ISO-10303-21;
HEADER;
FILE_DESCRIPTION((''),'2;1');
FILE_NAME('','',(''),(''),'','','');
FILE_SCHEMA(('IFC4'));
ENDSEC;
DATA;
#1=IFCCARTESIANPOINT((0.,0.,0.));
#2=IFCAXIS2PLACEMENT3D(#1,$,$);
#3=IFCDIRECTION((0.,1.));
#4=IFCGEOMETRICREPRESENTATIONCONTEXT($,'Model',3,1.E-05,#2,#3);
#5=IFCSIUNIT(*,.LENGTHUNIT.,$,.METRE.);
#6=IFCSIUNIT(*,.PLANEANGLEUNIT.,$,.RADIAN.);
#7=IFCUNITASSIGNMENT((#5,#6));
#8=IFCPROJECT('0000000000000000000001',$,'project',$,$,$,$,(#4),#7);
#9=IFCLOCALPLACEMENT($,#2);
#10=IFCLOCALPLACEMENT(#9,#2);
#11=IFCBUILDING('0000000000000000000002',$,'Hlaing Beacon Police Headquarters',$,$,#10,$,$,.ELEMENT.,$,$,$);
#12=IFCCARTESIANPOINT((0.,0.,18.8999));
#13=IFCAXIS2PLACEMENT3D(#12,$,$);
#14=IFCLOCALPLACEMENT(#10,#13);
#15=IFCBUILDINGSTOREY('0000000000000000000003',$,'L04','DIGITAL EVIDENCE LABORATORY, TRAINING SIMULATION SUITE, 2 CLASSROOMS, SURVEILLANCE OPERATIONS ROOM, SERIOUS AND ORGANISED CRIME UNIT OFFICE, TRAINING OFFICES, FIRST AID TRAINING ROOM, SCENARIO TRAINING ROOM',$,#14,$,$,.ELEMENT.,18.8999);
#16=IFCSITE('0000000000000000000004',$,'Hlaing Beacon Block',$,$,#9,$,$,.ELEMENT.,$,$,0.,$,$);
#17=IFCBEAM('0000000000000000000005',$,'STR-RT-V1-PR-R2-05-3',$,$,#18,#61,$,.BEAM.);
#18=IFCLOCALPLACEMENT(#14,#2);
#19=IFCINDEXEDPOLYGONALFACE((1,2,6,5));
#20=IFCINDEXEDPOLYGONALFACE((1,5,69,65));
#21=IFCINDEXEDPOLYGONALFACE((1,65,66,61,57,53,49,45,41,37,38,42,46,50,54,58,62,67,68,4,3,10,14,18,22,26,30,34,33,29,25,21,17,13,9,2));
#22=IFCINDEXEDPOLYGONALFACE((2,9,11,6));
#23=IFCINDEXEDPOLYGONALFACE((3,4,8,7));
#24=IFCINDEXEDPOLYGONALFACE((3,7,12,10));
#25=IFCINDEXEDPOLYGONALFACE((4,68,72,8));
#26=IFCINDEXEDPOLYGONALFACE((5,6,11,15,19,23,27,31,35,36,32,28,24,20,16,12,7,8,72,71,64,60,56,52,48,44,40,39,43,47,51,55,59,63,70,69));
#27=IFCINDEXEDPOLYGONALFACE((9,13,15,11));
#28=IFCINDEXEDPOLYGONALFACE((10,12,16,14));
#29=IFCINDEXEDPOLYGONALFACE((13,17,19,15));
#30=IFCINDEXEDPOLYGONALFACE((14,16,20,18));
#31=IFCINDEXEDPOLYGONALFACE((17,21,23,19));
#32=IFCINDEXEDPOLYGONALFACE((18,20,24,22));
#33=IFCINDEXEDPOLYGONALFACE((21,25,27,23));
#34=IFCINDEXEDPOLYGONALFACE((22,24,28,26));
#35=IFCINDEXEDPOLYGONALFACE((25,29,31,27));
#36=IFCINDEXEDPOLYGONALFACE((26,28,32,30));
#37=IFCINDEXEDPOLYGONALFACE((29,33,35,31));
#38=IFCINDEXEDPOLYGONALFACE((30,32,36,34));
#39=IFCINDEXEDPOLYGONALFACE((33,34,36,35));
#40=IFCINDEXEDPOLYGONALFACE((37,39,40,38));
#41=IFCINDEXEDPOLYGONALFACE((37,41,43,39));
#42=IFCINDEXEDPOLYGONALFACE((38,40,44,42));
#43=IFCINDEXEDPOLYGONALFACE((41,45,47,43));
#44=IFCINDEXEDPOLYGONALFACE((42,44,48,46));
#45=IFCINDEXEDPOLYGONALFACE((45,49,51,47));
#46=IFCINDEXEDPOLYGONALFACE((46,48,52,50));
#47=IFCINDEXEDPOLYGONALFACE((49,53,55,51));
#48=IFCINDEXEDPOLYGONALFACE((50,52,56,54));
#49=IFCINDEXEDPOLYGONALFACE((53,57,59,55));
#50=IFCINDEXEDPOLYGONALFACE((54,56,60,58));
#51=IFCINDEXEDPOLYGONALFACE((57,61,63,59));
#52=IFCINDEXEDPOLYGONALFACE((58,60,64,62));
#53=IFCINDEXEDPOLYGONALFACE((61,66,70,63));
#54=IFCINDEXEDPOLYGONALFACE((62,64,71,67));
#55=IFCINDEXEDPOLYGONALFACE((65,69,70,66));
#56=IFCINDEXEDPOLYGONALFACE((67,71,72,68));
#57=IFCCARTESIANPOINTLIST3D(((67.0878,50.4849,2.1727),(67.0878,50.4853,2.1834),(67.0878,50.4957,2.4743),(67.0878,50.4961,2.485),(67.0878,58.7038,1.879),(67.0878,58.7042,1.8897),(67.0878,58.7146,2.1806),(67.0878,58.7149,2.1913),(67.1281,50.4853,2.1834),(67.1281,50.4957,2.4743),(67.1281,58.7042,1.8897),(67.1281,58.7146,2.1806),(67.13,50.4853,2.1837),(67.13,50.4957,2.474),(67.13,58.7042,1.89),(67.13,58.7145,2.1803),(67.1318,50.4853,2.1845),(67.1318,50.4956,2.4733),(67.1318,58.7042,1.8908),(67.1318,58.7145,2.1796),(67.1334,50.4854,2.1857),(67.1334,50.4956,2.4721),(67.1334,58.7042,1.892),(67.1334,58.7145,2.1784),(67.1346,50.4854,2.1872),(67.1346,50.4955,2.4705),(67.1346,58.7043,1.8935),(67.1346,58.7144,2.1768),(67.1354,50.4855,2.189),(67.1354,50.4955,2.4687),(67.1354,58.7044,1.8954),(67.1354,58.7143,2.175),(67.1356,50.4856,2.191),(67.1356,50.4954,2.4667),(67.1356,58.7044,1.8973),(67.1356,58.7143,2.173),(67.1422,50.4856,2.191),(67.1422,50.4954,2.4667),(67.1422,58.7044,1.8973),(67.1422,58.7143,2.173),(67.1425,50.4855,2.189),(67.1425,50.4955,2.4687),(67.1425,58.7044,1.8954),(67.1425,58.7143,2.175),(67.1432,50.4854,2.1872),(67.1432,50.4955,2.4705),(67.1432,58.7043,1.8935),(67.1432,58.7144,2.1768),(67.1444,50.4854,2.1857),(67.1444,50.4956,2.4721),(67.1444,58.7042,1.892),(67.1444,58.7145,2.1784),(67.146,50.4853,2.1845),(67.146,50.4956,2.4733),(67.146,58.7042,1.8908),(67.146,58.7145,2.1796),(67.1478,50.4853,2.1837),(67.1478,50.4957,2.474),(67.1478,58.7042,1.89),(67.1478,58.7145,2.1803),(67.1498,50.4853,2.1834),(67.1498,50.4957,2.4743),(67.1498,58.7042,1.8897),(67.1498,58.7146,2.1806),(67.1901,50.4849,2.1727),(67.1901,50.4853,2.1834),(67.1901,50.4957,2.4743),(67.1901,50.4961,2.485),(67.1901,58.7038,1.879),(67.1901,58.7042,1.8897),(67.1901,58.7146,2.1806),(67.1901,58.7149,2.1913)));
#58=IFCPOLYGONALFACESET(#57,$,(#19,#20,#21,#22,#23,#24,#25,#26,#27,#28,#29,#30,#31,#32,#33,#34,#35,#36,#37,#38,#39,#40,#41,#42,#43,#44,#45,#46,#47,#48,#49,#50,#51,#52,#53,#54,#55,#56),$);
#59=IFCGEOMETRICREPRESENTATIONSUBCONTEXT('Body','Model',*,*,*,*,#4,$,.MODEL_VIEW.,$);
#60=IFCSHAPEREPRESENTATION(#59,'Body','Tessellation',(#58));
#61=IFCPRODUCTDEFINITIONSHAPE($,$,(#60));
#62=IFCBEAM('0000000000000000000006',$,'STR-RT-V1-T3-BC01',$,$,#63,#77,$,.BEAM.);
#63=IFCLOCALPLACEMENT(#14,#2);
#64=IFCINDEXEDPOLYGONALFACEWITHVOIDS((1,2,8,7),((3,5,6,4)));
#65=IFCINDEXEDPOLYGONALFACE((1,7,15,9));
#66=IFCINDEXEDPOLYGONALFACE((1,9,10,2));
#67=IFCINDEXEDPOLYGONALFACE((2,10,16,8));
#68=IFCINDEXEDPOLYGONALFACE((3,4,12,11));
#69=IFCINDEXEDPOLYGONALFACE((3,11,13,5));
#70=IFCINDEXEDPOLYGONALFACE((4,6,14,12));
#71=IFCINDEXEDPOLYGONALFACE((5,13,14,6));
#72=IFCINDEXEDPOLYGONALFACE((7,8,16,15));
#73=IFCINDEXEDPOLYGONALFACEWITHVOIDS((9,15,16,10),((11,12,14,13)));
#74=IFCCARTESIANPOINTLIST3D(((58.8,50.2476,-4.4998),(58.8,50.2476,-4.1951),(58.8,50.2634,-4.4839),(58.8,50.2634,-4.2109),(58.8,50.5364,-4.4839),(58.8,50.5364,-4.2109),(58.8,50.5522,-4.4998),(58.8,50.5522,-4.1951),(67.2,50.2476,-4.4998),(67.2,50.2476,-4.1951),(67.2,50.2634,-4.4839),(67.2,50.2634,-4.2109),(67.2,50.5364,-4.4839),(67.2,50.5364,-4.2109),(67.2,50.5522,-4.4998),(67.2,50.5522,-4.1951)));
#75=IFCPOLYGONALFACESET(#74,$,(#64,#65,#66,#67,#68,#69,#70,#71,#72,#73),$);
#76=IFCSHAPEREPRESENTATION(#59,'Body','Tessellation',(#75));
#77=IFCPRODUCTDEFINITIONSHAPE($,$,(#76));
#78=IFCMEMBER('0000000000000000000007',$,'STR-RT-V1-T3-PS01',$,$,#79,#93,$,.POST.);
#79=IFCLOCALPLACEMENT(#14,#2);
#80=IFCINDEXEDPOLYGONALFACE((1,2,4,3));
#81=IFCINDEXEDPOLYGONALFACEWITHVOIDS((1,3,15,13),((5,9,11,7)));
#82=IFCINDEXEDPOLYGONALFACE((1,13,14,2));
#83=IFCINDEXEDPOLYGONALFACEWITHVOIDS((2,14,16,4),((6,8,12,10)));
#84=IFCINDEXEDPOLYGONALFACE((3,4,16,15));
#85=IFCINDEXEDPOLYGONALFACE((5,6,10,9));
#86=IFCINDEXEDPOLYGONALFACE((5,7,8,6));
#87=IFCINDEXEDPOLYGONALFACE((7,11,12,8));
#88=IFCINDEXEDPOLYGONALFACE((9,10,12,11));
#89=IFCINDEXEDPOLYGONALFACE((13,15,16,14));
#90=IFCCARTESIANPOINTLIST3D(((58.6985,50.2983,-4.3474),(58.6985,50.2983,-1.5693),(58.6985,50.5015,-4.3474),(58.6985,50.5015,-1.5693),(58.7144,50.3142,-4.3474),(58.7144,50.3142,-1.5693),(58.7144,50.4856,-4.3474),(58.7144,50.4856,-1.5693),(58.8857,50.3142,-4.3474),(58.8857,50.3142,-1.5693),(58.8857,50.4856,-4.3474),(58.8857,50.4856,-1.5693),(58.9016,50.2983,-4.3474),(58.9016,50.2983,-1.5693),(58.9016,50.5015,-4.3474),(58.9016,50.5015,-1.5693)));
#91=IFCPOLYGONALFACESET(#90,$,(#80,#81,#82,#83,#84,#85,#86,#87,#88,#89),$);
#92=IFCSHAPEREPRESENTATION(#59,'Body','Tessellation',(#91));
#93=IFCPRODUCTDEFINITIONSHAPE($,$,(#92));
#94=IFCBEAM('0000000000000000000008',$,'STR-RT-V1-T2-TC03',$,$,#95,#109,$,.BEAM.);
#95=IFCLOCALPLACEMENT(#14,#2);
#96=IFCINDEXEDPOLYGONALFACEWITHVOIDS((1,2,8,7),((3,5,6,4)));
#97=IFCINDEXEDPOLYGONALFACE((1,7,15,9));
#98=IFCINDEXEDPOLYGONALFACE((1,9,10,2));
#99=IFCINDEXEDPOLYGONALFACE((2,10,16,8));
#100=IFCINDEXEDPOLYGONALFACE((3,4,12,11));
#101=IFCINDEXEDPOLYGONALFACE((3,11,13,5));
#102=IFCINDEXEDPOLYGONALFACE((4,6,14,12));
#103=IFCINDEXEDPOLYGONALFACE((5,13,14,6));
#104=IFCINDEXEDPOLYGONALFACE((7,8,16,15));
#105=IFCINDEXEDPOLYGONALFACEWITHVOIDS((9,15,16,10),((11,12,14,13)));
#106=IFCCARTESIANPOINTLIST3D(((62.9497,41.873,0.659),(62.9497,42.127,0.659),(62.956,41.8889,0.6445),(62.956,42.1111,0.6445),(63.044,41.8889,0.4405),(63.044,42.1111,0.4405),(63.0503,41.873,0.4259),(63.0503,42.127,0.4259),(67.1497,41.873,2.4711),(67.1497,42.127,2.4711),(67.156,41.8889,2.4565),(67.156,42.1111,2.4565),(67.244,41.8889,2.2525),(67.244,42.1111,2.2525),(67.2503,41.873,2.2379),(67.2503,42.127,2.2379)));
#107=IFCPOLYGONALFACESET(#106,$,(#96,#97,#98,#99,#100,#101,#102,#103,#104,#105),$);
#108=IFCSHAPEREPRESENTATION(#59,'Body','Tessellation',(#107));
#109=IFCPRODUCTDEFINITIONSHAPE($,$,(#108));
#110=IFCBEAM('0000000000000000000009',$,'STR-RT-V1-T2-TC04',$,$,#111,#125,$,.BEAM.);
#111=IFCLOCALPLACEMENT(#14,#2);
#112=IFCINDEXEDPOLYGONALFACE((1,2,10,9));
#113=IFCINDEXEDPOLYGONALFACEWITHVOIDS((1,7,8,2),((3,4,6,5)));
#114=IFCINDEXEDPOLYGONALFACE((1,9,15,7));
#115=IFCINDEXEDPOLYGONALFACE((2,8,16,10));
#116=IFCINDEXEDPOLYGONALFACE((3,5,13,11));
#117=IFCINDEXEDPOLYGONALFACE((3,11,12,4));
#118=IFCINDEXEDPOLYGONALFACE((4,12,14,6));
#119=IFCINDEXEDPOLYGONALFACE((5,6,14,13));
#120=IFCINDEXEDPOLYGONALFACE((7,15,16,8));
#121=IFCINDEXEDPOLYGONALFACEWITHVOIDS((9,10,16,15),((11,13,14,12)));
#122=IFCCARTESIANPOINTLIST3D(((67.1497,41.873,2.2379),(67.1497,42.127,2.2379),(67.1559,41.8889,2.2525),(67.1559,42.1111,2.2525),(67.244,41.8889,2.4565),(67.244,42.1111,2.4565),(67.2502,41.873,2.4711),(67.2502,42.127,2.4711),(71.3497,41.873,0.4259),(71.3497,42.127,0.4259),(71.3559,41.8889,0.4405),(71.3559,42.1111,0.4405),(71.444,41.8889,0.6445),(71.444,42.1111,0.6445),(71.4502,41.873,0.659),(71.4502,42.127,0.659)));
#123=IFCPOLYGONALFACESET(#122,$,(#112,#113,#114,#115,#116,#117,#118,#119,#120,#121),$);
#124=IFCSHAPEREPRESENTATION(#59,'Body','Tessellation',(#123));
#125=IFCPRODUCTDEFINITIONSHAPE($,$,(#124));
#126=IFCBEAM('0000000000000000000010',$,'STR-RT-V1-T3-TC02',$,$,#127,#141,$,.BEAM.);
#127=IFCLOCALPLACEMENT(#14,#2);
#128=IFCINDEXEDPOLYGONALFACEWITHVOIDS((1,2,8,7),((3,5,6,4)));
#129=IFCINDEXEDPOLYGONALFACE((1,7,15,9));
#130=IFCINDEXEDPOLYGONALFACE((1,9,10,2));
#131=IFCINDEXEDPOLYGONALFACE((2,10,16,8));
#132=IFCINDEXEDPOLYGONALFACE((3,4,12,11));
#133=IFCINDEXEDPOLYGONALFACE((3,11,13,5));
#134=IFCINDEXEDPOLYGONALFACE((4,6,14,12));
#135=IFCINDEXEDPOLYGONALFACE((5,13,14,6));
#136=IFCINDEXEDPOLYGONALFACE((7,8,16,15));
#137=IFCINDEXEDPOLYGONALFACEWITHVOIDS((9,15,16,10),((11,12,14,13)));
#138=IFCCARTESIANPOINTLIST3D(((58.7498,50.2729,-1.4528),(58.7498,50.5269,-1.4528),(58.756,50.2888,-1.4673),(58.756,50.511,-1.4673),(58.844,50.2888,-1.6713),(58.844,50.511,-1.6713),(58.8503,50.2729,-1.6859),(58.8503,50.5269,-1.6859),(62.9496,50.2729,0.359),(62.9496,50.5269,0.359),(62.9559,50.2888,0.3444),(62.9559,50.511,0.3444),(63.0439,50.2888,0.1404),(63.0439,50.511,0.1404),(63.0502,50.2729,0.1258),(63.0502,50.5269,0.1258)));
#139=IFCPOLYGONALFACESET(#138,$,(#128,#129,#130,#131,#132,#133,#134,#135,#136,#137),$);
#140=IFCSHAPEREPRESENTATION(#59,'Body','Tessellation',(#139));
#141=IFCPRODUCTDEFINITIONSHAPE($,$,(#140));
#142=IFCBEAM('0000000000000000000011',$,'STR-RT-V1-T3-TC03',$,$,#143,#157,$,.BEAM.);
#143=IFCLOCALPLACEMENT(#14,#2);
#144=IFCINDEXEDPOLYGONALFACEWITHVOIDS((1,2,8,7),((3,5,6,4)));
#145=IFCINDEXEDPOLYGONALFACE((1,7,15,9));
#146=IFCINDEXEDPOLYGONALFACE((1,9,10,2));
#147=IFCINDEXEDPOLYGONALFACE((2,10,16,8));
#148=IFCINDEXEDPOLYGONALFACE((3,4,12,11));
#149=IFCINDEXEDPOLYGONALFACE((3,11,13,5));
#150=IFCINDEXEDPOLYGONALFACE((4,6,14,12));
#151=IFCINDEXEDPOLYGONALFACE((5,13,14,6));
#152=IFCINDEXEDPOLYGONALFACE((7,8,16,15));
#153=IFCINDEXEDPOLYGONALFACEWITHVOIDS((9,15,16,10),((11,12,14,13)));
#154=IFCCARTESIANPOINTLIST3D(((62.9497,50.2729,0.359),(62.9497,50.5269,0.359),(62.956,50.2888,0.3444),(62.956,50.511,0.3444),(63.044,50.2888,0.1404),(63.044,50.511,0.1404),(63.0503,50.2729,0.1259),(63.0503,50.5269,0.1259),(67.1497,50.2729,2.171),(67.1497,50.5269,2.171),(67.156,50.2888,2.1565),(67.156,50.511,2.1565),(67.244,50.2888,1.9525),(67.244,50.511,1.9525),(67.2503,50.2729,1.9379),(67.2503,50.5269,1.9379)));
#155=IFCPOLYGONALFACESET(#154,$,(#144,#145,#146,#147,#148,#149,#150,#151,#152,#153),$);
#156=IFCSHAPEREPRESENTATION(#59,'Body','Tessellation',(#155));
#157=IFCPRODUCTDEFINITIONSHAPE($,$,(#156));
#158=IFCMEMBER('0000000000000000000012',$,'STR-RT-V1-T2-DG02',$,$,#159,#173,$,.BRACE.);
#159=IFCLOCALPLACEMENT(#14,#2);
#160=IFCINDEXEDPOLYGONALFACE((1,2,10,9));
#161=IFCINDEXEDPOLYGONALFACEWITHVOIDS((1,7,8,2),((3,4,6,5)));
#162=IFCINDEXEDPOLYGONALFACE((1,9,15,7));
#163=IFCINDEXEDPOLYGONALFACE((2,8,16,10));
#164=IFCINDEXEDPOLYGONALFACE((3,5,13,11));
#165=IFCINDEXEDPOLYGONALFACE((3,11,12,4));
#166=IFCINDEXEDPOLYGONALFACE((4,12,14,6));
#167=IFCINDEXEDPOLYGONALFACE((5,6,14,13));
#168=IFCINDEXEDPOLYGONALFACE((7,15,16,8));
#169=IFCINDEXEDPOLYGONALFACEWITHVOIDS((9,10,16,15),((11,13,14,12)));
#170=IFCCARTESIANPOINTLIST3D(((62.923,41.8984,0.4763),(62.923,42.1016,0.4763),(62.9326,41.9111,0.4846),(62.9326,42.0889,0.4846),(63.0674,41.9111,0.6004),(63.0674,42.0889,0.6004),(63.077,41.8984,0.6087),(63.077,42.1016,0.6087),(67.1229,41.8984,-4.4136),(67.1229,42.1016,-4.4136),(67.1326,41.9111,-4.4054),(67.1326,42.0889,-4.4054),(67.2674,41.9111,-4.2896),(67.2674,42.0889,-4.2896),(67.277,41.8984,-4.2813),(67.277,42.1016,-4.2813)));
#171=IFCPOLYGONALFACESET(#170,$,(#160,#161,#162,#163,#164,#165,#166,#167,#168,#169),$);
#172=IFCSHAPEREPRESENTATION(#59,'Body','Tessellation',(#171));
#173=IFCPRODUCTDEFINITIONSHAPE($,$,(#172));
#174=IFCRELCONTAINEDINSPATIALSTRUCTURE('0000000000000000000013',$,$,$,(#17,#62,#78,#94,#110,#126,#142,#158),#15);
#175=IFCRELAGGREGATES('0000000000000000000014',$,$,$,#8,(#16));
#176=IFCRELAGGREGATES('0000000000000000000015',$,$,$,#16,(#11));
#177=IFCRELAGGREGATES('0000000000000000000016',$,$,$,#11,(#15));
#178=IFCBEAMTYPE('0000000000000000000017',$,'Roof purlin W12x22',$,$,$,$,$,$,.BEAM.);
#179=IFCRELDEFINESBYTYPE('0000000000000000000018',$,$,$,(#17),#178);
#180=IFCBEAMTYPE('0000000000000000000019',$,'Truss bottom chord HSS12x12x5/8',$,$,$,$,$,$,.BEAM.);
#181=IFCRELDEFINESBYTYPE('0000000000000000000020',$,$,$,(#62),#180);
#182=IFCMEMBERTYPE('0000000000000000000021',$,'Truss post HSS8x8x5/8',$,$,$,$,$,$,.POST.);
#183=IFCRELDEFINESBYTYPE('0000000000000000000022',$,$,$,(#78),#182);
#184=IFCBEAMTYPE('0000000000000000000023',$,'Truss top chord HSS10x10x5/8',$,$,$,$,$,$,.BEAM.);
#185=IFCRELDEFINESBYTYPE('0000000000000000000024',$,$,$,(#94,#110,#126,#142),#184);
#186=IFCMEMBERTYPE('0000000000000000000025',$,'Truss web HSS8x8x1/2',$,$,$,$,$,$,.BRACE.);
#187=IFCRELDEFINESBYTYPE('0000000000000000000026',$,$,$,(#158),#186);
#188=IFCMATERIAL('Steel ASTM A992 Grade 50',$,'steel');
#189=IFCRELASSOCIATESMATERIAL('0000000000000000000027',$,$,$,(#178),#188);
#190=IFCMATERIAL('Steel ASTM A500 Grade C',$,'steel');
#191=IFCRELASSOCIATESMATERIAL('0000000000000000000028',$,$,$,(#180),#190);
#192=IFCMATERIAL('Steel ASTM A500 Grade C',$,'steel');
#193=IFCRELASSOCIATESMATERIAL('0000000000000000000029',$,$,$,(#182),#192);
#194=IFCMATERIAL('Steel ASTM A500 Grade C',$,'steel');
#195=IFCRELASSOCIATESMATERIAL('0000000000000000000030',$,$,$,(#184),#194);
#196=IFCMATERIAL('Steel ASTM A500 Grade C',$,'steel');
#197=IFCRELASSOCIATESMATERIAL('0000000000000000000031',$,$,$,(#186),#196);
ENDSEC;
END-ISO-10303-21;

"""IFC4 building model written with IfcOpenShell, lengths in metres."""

from ifc_helpers import new_model, si_unit, direction, frame, origin, origin_2d, place, context, subcontext, project, spatial, hollow_rectangle, i_section, extrude, material, material_profile, profile_set, type_object, element, save


model = new_model("IFC4")

# Units and contexts
model_context = context("Model", 3, precision=1e-05, world=origin(), true_north=direction((0.0, 1.0)))
body_context = subcontext(model_context, "Body", "Model", "MODEL_VIEW")
ifc_project = project(units=[si_unit("LENGTHUNIT", "METRE"), si_unit("PLANEANGLEUNIT", "RADIAN")], contexts=[model_context])

# Site, building, storey
site_placement = place(None, origin())
site = spatial("IfcSite", under=ifc_project, at=site_placement, Name="Hlaing Beacon Block", CompositionType="ELEMENT", RefElevation=0.0)
building_placement = place(site_placement, origin())
building = spatial("IfcBuilding", under=site, at=building_placement, Name="Hlaing Beacon Police Headquarters", CompositionType="ELEMENT")
storey_placement = place(building_placement, frame((0.0, 0.0, 18.8999)))
storey = spatial("IfcBuildingStorey", under=building, at=storey_placement, Name="L04", Description="DIGITAL EVIDENCE LABORATORY, TRAINING SIMULATION SUITE, 2 CLASSROOMS, SURVEILLANCE OPERATIONS ROOM, SERIOUS AND ORGANISED CRIME UNIT OFFICE, TRAINING OFFICES, FIRST AID TRAINING ROOM, SCENARIO TRAINING ROOM", CompositionType="ELEMENT", Elevation=18.8999)

# Beams
ifc_material_1 = material(Name="Steel ASTM A992 Grade 50", Category="steel")
ifc_material_profile_1 = material_profile(ifc_material_1, i_section(OverallWidth=0.1023, OverallDepth=0.3125, WebThickness=0.0066, FlangeThickness=0.0107, FilletRadius=0.0076, at=origin_2d()), Name="W12x22")
ifc_profile_set_1 = profile_set([ifc_material_profile_1], Name="Steel ASTM A992 Grade 50")
beam_type_1 = type_object("IfcBeamType", Name="Roof purlin W12x22", PredefinedType="BEAM", material=ifc_profile_set_1)
beam_1_placement = place(storey_placement, frame((67.1389, 50.4905, 2.3289), z_axis=(0.0, 0.999362, -0.035712), x_axis=(-1.0, 0.0, 0.0)))
element("IfcBeam", 1, at=beam_1_placement, inside=storey, type_object=beam_type_1, Name="STR-RT-V1-PR-R2-05-3", PredefinedType="BEAM", context=body_context, shape_type="SweptSolid", body=[
    extrude(i_section(OverallWidth=0.1023, OverallDepth=0.3125, WebThickness=0.0066, FlangeThickness=0.0107, FilletRadius=0.0076, at=origin_2d()), origin(), (0.0, 0.0, 1.0), 8.2241),
])
ifc_material_2 = material(Name="Steel ASTM A500 Grade C", Category="steel")
ifc_material_profile_2 = material_profile(ifc_material_2, hollow_rectangle(XDim=0.3047, YDim=0.3047, WallThickness=0.0159, at=origin_2d()), Name="HSS12x12x5/8")
ifc_profile_set_2 = profile_set([ifc_material_profile_2], Name="Steel ASTM A500 Grade C")
beam_type_2 = type_object("IfcBeamType", Name="Truss bottom chord HSS12x12x5/8", PredefinedType="BEAM", material=ifc_profile_set_2)
beam_2_placement = place(storey_placement, frame((58.8, 50.3999, -4.3474), z_axis=(1.0, 0.0, 0.0), x_axis=(0.0, 1.0, 0.0)))
element("IfcBeam", 2, at=beam_2_placement, inside=storey, type_object=beam_type_2, Name="STR-RT-V1-T3-BC01", PredefinedType="BEAM", context=body_context, shape_type="SweptSolid", body=[
    extrude(hollow_rectangle(XDim=0.3047, YDim=0.3047, WallThickness=0.0159, at=origin_2d()), origin(), (0.0, 0.0, 1.0), 8.3999),
])

# Member
ifc_material_3 = material(Name="Steel ASTM A500 Grade C", Category="steel")
ifc_material_profile_3 = material_profile(ifc_material_3, hollow_rectangle(XDim=0.2031, YDim=0.2031, WallThickness=0.0159, at=origin_2d()), Name="HSS8x8x5/8")
ifc_profile_set_3 = profile_set([ifc_material_profile_3], Name="Steel ASTM A500 Grade C")
member_type_1 = type_object("IfcMemberType", Name="Truss post HSS8x8x5/8", PredefinedType="POST", material=ifc_profile_set_3)
member_1_placement = place(storey_placement, frame((58.8, 50.3999, -4.3474), z_axis=(0.0, 0.0, 1.0), x_axis=(1.0, 0.0, 0.0)))
element("IfcMember", 3, at=member_1_placement, inside=storey, type_object=member_type_1, Name="STR-RT-V1-T3-PS01", PredefinedType="POST", context=body_context, shape_type="SweptSolid", body=[
    extrude(hollow_rectangle(XDim=0.2031, YDim=0.2031, WallThickness=0.0159, at=origin_2d()), origin(), (0.0, 0.0, 1.0), 2.7781),
])

# Beams
ifc_material_4 = material(Name="Steel ASTM A500 Grade C", Category="steel")
ifc_material_profile_4 = material_profile(ifc_material_4, hollow_rectangle(XDim=0.2539, YDim=0.2539, WallThickness=0.0159, at=origin_2d()), Name="HSS10x10x5/8")
ifc_profile_set_4 = profile_set([ifc_material_profile_4], Name="Steel ASTM A500 Grade C")
beam_type_3 = type_object("IfcBeamType", Name="Truss top chord HSS10x10x5/8", PredefinedType="BEAM", material=ifc_profile_set_4)
for number, where, z_axis, x_axis, name in (
    (4, (63.0, 42.0, 0.5425), (0.91819, 0.0, 0.396141), (0.0, 1.0, 0.0), "STR-RT-V1-T2-TC03"),
    (5, (67.2, 42.0, 2.3545), (0.91819, 0.0, -0.396141), (0.0, 1.0, 0.0), "STR-RT-V1-T2-TC04"),
):
    element("IfcBeam", number, at=place(storey_placement, frame(where, z_axis=z_axis, x_axis=x_axis)), inside=storey, type_object=beam_type_3, Name=name, PredefinedType="BEAM", context=body_context, shape_type="SweptSolid", body=[
        extrude(hollow_rectangle(XDim=0.2539, YDim=0.2539, WallThickness=0.0159, at=origin_2d()), origin(), (0.0, 0.0, 1.0), 4.5742),
    ])
beam_3_placement = place(storey_placement, frame((58.8, 50.3999, -1.5693), z_axis=(0.918209, 0.0, 0.396096), x_axis=(0.0, 1.0, 0.0)))
element("IfcBeam", 6, at=beam_3_placement, inside=storey, type_object=beam_type_3, Name="STR-RT-V1-T3-TC02", PredefinedType="BEAM", context=body_context, shape_type="SweptSolid", body=[
    extrude(hollow_rectangle(XDim=0.2539, YDim=0.2539, WallThickness=0.0159, at=origin_2d()), origin(), (0.0, 0.0, 1.0), 4.574),
])
beam_4_placement = place(storey_placement, frame((63.0, 50.3999, 0.2424), z_axis=(0.91819, 0.0, 0.396141), x_axis=(0.0, 1.0, 0.0)))
element("IfcBeam", 7, at=beam_4_placement, inside=storey, type_object=beam_type_3, Name="STR-RT-V1-T3-TC03", PredefinedType="BEAM", context=body_context, shape_type="SweptSolid", body=[
    extrude(hollow_rectangle(XDim=0.2539, YDim=0.2539, WallThickness=0.0159, at=origin_2d()), origin(), (0.0, 0.0, 1.0), 4.5742),
])

# Member
ifc_material_5 = material(Name="Steel ASTM A500 Grade C", Category="steel")
ifc_material_profile_5 = material_profile(ifc_material_5, hollow_rectangle(XDim=0.2031, YDim=0.2031, WallThickness=0.0127, at=origin_2d()), Name="HSS8x8x1/2")
ifc_profile_set_5 = profile_set([ifc_material_profile_5], Name="Steel ASTM A500 Grade C")
member_type_2 = type_object("IfcMemberType", Name="Truss web HSS8x8x1/2", PredefinedType="BRACE", material=ifc_profile_set_5)
member_2_placement = place(storey_placement, frame((63.0, 42.0, 0.5425), z_axis=(0.651561, 0.0, -0.758596), x_axis=(0.0, 1.0, 0.0)))
element("IfcMember", 8, at=member_2_placement, inside=storey, type_object=member_type_2, Name="STR-RT-V1-T2-DG02", PredefinedType="BRACE", context=body_context, shape_type="SweptSolid", body=[
    extrude(hollow_rectangle(XDim=0.2031, YDim=0.2031, WallThickness=0.0127, at=origin_2d()), origin(), (0.0, 0.0, 1.0), 6.446),
])

save(model, "model.ifc")
